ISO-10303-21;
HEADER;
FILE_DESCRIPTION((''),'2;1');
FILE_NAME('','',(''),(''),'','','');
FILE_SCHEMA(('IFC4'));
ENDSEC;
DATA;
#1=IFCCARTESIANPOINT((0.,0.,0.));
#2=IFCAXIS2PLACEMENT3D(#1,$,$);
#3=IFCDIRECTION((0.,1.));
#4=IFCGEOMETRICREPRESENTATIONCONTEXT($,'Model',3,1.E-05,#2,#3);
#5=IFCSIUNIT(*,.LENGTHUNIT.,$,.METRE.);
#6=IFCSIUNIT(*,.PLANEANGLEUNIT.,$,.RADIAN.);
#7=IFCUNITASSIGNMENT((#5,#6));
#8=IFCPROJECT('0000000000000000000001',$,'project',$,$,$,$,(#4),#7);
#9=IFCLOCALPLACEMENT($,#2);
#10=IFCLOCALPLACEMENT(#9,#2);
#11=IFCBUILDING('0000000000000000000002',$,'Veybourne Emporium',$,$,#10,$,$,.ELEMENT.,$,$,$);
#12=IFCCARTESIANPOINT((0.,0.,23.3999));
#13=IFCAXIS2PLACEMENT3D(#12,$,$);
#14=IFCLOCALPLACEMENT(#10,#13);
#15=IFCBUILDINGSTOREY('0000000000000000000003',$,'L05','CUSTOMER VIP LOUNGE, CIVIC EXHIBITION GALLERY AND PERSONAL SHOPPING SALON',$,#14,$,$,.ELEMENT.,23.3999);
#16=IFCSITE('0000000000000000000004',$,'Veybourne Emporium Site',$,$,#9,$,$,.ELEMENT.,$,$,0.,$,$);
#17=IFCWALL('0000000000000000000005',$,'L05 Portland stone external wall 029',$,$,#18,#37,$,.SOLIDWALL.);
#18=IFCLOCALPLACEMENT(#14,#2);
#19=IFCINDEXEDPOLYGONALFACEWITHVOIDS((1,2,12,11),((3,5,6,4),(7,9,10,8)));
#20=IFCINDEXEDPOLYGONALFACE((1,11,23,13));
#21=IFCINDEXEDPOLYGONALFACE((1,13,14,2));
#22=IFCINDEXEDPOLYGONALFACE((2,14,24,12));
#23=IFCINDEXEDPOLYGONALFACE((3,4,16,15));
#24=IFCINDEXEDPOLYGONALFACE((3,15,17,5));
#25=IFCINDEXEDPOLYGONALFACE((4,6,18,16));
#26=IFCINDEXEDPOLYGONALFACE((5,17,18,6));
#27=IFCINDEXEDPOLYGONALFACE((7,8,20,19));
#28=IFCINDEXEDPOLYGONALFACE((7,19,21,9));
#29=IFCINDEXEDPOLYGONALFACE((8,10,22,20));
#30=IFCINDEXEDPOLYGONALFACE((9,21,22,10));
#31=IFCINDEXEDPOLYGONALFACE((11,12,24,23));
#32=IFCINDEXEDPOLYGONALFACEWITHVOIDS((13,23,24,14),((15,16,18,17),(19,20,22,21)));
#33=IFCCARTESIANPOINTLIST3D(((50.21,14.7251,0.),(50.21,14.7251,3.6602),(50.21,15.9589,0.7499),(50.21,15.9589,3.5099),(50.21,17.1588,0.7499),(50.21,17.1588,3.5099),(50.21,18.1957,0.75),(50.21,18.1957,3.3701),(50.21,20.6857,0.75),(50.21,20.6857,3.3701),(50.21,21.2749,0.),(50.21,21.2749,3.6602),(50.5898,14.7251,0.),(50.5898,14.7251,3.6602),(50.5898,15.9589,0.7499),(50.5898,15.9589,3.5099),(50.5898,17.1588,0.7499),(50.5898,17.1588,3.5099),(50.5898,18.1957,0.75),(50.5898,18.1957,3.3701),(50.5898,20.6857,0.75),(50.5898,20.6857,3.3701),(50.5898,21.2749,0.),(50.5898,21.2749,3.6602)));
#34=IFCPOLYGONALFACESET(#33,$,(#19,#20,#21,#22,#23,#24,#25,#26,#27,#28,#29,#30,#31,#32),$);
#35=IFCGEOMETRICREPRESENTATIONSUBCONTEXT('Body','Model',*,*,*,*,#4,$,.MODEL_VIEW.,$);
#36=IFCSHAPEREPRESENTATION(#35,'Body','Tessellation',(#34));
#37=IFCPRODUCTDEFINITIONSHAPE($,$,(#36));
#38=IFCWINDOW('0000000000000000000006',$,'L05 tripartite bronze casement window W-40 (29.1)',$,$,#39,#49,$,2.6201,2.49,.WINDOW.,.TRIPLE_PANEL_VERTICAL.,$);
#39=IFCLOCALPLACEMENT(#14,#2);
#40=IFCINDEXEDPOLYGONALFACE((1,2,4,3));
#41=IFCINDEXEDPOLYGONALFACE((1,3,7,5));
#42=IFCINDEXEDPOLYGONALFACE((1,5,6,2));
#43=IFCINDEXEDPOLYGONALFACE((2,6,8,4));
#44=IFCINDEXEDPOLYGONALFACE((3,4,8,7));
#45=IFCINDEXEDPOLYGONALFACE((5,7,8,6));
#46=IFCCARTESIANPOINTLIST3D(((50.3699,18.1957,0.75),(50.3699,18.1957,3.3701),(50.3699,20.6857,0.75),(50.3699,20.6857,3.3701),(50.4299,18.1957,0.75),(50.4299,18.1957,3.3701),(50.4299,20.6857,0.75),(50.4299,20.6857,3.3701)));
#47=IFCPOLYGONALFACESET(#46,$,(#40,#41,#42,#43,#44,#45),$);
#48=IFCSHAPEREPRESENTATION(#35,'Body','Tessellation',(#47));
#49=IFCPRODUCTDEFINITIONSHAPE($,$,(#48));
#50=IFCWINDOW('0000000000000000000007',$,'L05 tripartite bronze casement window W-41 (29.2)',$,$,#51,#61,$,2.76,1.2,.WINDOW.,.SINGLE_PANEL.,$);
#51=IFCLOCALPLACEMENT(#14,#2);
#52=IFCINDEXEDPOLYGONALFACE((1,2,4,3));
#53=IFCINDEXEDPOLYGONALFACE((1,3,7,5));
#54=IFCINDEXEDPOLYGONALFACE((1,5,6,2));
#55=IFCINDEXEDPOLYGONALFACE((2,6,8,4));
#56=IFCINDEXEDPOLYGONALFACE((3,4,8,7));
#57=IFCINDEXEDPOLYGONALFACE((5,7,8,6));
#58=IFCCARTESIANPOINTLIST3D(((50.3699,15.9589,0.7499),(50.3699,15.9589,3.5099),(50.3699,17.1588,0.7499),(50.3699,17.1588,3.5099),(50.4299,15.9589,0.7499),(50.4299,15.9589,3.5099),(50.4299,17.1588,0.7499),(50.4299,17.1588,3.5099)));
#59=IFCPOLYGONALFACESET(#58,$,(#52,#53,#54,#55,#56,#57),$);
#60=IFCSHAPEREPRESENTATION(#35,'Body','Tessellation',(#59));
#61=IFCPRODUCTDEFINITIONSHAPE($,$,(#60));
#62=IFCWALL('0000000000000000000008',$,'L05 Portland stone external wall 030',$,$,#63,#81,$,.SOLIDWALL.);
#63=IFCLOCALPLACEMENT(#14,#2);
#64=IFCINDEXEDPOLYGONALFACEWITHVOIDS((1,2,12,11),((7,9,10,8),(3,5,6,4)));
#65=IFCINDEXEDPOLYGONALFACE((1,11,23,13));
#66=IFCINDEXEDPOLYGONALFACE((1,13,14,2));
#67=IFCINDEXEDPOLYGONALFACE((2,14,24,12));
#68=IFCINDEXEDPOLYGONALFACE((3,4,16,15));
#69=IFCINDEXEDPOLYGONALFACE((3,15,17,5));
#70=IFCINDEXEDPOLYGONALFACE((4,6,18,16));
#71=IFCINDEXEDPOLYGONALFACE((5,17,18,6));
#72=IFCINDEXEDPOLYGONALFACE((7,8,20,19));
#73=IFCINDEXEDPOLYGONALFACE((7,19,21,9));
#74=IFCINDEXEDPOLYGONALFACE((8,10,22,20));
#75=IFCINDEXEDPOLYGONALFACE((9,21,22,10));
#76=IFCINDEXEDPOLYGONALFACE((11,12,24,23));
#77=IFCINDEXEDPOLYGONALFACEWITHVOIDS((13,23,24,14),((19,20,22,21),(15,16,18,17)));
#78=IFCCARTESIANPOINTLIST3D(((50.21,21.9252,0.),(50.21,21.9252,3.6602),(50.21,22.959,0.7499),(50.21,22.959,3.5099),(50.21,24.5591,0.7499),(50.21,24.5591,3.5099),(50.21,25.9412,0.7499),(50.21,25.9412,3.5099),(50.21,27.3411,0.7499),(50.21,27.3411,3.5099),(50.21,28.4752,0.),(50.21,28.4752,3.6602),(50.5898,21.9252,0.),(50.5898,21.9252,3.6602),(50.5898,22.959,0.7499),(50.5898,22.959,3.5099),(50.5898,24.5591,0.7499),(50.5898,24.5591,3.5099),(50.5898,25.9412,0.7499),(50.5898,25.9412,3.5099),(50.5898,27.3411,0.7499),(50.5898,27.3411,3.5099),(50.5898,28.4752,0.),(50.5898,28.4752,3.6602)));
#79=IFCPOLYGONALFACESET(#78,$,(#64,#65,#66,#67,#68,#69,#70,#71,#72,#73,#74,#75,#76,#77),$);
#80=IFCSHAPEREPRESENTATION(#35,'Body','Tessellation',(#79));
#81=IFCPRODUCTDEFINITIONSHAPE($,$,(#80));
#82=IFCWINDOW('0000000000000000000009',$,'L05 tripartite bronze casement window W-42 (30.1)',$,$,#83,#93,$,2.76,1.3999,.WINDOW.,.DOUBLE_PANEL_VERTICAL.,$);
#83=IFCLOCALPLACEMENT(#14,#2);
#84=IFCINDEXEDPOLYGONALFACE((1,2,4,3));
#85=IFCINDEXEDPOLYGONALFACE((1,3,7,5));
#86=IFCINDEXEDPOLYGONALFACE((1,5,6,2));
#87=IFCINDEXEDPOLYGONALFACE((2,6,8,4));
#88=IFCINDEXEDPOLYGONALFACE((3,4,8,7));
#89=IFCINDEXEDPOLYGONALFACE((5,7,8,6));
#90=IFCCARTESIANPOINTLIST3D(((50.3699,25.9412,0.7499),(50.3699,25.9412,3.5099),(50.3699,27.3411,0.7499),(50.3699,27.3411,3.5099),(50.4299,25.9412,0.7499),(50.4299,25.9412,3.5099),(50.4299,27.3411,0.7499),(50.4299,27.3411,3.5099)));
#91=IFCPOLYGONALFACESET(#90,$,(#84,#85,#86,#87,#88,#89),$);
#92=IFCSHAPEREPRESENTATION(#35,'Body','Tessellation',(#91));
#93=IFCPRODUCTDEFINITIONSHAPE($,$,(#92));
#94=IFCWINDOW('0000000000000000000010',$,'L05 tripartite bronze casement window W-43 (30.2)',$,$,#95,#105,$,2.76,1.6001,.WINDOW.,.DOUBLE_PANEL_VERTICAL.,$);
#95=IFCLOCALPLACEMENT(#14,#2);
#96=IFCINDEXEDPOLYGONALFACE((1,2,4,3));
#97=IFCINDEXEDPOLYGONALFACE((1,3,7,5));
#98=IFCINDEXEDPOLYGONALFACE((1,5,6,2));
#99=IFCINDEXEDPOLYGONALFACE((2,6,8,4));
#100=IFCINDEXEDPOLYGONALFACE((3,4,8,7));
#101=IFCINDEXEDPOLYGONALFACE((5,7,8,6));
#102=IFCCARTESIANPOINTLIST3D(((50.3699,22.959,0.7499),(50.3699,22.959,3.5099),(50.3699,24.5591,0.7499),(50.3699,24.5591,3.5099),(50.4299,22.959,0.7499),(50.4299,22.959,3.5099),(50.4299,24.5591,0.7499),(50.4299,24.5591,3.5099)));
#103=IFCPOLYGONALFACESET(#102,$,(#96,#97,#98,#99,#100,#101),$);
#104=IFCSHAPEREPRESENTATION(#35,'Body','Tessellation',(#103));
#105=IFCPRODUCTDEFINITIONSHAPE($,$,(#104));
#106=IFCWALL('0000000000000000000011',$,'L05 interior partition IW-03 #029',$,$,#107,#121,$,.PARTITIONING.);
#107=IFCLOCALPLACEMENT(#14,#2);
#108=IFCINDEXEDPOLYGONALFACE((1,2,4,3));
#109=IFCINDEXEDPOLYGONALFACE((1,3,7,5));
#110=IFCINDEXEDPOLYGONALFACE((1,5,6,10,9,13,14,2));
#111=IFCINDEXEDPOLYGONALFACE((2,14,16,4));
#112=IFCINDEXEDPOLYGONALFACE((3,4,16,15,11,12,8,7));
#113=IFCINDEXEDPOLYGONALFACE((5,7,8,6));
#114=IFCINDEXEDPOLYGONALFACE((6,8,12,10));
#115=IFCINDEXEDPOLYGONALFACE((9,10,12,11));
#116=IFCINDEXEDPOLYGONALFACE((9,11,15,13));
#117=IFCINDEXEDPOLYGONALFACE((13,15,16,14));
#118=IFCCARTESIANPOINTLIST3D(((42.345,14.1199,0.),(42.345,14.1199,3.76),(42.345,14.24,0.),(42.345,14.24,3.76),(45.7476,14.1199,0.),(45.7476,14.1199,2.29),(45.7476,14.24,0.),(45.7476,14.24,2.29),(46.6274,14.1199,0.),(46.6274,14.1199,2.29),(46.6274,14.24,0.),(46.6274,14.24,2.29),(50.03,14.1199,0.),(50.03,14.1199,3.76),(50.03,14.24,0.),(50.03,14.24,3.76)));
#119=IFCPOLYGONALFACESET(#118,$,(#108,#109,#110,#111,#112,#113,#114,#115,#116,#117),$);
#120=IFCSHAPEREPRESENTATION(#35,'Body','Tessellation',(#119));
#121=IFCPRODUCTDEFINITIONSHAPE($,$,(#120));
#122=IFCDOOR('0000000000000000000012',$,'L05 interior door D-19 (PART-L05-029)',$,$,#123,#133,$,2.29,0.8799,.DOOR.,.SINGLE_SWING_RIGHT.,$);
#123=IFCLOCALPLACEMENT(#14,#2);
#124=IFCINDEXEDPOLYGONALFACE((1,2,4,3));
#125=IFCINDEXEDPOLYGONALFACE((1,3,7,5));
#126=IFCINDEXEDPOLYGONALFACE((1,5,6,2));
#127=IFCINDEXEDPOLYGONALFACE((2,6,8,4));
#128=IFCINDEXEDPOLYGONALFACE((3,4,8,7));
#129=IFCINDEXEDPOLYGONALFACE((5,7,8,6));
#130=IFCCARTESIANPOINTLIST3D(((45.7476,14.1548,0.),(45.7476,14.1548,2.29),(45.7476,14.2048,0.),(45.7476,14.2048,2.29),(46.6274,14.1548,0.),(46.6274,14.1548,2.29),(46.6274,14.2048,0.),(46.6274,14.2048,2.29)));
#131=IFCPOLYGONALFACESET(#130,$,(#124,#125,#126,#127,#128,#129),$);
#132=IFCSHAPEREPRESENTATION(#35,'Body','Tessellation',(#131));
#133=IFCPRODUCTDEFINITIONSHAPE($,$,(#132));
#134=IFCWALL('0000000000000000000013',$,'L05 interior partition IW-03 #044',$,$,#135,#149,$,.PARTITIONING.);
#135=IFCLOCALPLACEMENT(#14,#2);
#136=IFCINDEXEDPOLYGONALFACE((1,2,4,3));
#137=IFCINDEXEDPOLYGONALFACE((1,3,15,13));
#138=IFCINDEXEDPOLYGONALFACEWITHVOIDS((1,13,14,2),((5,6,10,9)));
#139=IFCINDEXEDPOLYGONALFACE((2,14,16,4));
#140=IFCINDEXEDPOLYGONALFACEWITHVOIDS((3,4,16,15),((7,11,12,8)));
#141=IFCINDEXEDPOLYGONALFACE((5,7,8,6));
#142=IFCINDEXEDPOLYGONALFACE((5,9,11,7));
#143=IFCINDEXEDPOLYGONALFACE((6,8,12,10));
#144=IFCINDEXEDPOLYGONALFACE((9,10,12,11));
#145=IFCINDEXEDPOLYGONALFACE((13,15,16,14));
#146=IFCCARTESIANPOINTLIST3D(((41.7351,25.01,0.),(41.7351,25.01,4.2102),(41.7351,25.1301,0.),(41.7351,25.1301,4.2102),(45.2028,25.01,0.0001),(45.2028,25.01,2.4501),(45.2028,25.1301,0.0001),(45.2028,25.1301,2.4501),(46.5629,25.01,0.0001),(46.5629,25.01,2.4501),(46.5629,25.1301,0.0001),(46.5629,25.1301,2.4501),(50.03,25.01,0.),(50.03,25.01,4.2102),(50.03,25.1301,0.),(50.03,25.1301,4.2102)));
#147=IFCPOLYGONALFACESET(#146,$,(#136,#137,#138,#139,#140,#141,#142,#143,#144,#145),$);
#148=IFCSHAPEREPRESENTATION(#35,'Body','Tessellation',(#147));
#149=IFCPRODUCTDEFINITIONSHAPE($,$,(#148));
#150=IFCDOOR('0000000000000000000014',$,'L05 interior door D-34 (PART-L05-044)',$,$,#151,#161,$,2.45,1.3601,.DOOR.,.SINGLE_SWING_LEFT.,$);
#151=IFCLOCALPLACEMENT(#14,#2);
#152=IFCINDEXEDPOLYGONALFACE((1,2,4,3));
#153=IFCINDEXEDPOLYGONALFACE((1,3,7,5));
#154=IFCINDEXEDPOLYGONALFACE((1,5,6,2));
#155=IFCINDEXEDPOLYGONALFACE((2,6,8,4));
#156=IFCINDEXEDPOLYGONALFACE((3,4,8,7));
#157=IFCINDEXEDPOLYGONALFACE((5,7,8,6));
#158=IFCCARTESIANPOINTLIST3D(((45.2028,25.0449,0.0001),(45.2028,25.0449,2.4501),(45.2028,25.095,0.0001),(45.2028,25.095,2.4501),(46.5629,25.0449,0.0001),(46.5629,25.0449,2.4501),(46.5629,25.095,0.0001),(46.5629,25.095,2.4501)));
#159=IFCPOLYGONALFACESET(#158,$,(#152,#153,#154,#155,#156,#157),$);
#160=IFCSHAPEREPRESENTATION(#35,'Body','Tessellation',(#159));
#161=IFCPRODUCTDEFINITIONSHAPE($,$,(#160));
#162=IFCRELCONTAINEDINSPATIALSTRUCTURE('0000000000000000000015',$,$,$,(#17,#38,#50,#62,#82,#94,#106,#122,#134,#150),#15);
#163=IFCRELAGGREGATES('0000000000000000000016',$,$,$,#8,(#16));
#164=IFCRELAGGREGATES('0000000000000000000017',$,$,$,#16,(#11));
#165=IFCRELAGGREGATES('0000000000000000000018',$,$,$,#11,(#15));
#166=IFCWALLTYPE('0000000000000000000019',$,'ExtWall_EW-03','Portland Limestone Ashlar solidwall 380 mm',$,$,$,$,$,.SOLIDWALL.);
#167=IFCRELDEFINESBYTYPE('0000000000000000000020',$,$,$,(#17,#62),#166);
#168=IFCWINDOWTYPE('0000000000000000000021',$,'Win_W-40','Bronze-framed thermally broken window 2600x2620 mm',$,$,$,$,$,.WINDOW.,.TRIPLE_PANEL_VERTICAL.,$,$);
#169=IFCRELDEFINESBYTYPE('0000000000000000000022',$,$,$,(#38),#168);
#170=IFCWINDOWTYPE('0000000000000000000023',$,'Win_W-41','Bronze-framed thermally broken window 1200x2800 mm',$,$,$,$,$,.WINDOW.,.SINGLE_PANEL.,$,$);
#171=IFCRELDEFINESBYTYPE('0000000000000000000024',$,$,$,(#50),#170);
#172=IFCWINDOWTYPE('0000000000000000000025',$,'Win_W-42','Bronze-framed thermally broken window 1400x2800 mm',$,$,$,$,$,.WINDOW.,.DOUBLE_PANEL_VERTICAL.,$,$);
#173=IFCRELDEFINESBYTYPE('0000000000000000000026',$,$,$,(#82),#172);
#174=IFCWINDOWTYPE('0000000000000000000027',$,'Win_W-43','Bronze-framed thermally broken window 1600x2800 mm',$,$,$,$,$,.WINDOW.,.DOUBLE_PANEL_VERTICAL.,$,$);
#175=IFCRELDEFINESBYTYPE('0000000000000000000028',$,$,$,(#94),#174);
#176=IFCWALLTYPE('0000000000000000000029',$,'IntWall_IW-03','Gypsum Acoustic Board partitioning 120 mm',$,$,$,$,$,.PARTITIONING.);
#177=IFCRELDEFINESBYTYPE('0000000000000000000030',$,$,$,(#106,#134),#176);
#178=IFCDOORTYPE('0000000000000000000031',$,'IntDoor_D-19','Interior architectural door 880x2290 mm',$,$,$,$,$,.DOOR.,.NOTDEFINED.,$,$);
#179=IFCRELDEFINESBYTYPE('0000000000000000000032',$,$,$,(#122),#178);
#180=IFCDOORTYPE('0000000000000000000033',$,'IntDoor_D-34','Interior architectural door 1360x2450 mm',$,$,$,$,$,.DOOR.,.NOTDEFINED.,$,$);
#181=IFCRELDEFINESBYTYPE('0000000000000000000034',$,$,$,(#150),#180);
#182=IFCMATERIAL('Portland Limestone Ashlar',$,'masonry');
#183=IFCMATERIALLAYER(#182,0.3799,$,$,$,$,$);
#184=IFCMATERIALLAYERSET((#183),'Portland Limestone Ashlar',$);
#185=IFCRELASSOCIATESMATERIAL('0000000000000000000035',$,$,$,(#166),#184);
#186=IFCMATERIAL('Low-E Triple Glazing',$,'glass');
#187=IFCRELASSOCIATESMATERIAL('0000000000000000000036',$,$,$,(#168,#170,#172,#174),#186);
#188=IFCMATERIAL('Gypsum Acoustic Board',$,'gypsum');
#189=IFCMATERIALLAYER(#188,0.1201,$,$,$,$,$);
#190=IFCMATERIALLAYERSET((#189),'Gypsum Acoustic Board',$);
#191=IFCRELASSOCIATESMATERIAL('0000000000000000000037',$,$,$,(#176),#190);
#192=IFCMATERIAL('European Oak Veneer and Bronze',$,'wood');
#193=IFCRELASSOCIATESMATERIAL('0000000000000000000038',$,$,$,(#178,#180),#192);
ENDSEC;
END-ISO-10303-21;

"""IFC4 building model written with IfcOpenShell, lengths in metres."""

from ifc_helpers import new_model, si_unit, direction, frame, frame_2d, origin, place, context, subcontext, project, spatial, rectangle, extrude, material, layer, layer_set, type_object, element, fill, save


model = new_model("IFC4")

# Units and contexts
model_context = context("Model", 3, precision=1e-05, world=origin(), true_north=direction((0.0, 1.0)))
body_context = subcontext(model_context, "Body", "Model", "MODEL_VIEW")
ifc_project = project(units=[si_unit("LENGTHUNIT", "METRE"), si_unit("PLANEANGLEUNIT", "RADIAN")], contexts=[model_context])

# Site, building, storey
site_placement = place(None, origin())
site = spatial("IfcSite", under=ifc_project, at=site_placement, Name="Veybourne Emporium Site", CompositionType="ELEMENT", RefElevation=0.0)
building_placement = place(site_placement, origin())
building = spatial("IfcBuilding", under=site, at=building_placement, Name="Veybourne Emporium", CompositionType="ELEMENT")
storey_placement = place(building_placement, frame((0.0, 0.0, 23.3999)))
storey = spatial("IfcBuildingStorey", under=building, at=storey_placement, Name="L05", Description="CUSTOMER VIP LOUNGE, CIVIC EXHIBITION GALLERY AND PERSONAL SHOPPING SALON", CompositionType="ELEMENT", Elevation=23.3999)

# Walls, openings, windows
ifc_material_1 = material(Name="Portland Limestone Ashlar", Category="masonry")
ifc_layer_1 = layer(ifc_material_1, 0.3799)
ifc_layer_set_1 = layer_set([ifc_layer_1], Name="Portland Limestone Ashlar")
wall_type_1 = type_object("IfcWallType", Name="ExtWall_EW-03", Description="Portland Limestone Ashlar solidwall 380 mm", PredefinedType="SOLIDWALL", material=ifc_layer_set_1)
wall_1_placement = place(storey_placement, frame((50.3999, 21.2749, 0.0), z_axis=(0.0, 0.0, 1.0), x_axis=(0.0, -1.0, 0.0)))
wall_1 = element("IfcWall", 1, at=wall_1_placement, inside=storey, type_object=wall_type_1, Name="L05 Portland stone external wall 029", PredefinedType="SOLIDWALL", context=body_context, shape_type="SweptSolid", body=[
    extrude(rectangle(XDim=6.5498, YDim=0.3799, at=frame_2d((3.2749, 0.0))), origin(), (0.0, 0.0, 1.0), 3.6602),
])
opening_1_placement = place(wall_1_placement, frame((0.5891, 0.0, 0.75)))
opening_1 = element("IfcOpeningElement", 2, at=opening_1_placement, cuts=wall_1, PredefinedType="OPENING", context=body_context, shape_type="SweptSolid", body=[
    extrude(rectangle(XDim=2.49, YDim=2.6201, at=frame_2d((1.2451, 1.3101))), frame((0.0, 0.21, 0.0), z_axis=(0.0, -1.0, 0.0), x_axis=(1.0, 0.0, 0.0)), (0.0, 0.0, 1.0), 0.4199),
])
opening_2_placement = place(wall_1_placement, frame((4.116, 0.0, 0.75)))
opening_2 = element("IfcOpeningElement", 3, at=opening_2_placement, cuts=wall_1, PredefinedType="OPENING", context=body_context, shape_type="SweptSolid", body=[
    extrude(rectangle(XDim=1.2, YDim=2.76, at=frame_2d((0.6001, 1.3799))), frame((0.0, 0.21, 0.0), z_axis=(0.0, -1.0, 0.0), x_axis=(1.0, 0.0, 0.0)), (0.0, 0.0, 1.0), 0.4199),
])
ifc_material_2 = material(Name="Low-E Triple Glazing", Category="glass")
window_type_1 = type_object("IfcWindowType", Name="Win_W-40", Description="Bronze-framed thermally broken window 2600x2620 mm", PartitioningType="TRIPLE_PANEL_VERTICAL", PredefinedType="WINDOW", material=ifc_material_2)
window_1_placement = place(opening_1_placement, origin())
window_1 = element("IfcWindow", 4, at=window_1_placement, inside=storey, type_object=window_type_1, Name="L05 tripartite bronze casement window W-40 (29.1)", OverallHeight=2.6201, OverallWidth=2.49, PartitioningType="TRIPLE_PANEL_VERTICAL", PredefinedType="WINDOW", context=body_context, shape_type="SweptSolid", body=[
    extrude(rectangle(XDim=2.49, YDim=2.6201, at=frame_2d((1.2451, 1.3101))), frame((0.0, 0.03, 0.0), z_axis=(0.0, -1.0, 0.0), x_axis=(1.0, 0.0, 0.0)), (0.0, 0.0, 1.0), 0.0601),
])
fill(opening_1, window_1)
window_type_2 = type_object("IfcWindowType", Name="Win_W-41", Description="Bronze-framed thermally broken window 1200x2800 mm", PartitioningType="SINGLE_PANEL", PredefinedType="WINDOW", material=ifc_material_2)
window_2_placement = place(opening_2_placement, origin())
window_2 = element("IfcWindow", 5, at=window_2_placement, inside=storey, type_object=window_type_2, Name="L05 tripartite bronze casement window W-41 (29.2)", OverallHeight=2.76, OverallWidth=1.2, PartitioningType="SINGLE_PANEL", PredefinedType="WINDOW", context=body_context, shape_type="SweptSolid", body=[
    extrude(rectangle(XDim=1.2, YDim=2.76, at=frame_2d((0.6001, 1.3799))), frame((0.0, 0.03, 0.0), z_axis=(0.0, -1.0, 0.0), x_axis=(1.0, 0.0, 0.0)), (0.0, 0.0, 1.0), 0.0601),
])
fill(opening_2, window_2)
wall_2_placement = place(storey_placement, frame((50.3999, 28.4751, 0.0), z_axis=(0.0, 0.0, 1.0), x_axis=(0.0, -1.0, 0.0)))
wall_2 = element("IfcWall", 6, at=wall_2_placement, inside=storey, type_object=wall_type_1, Name="L05 Portland stone external wall 030", PredefinedType="SOLIDWALL", context=body_context, shape_type="SweptSolid", body=[
    extrude(rectangle(XDim=6.55, YDim=0.3799, at=frame_2d((3.2749, 0.0))), origin(), (0.0, 0.0, 1.0), 3.6602),
])
opening_3_placement = place(wall_2_placement, frame((1.134, 0.0, 0.75)))
opening_3 = element("IfcOpeningElement", 7, at=opening_3_placement, cuts=wall_2, PredefinedType="OPENING", context=body_context, shape_type="SweptSolid", body=[
    extrude(rectangle(XDim=1.3999, YDim=2.76, at=frame_2d((0.7, 1.3799))), frame((0.0, 0.21, 0.0), z_axis=(0.0, -1.0, 0.0), x_axis=(1.0, 0.0, 0.0)), (0.0, 0.0, 1.0), 0.4199),
])
opening_4_placement = place(wall_2_placement, frame((3.916, 0.0, 0.75)))
opening_4 = element("IfcOpeningElement", 8, at=opening_4_placement, cuts=wall_2, PredefinedType="OPENING", context=body_context, shape_type="SweptSolid", body=[
    extrude(rectangle(XDim=1.6001, YDim=2.76, at=frame_2d((0.8, 1.3799))), frame((0.0, 0.21, 0.0), z_axis=(0.0, -1.0, 0.0), x_axis=(1.0, 0.0, 0.0)), (0.0, 0.0, 1.0), 0.4199),
])
window_type_3 = type_object("IfcWindowType", Name="Win_W-42", Description="Bronze-framed thermally broken window 1400x2800 mm", PartitioningType="DOUBLE_PANEL_VERTICAL", PredefinedType="WINDOW", material=ifc_material_2)
window_3_placement = place(opening_3_placement, origin())
window_3 = element("IfcWindow", 9, at=window_3_placement, inside=storey, type_object=window_type_3, Name="L05 tripartite bronze casement window W-42 (30.1)", OverallHeight=2.76, OverallWidth=1.3999, PartitioningType="DOUBLE_PANEL_VERTICAL", PredefinedType="WINDOW", context=body_context, shape_type="SweptSolid", body=[
    extrude(rectangle(XDim=1.3999, YDim=2.76, at=frame_2d((0.7, 1.3799))), frame((0.0, 0.03, 0.0), z_axis=(0.0, -1.0, 0.0), x_axis=(1.0, 0.0, 0.0)), (0.0, 0.0, 1.0), 0.0601),
])
fill(opening_3, window_3)
window_type_4 = type_object("IfcWindowType", Name="Win_W-43", Description="Bronze-framed thermally broken window 1600x2800 mm", PartitioningType="DOUBLE_PANEL_VERTICAL", PredefinedType="WINDOW", material=ifc_material_2)
window_4_placement = place(opening_4_placement, origin())
window_4 = element("IfcWindow", 10, at=window_4_placement, inside=storey, type_object=window_type_4, Name="L05 tripartite bronze casement window W-43 (30.2)", OverallHeight=2.76, OverallWidth=1.6001, PartitioningType="DOUBLE_PANEL_VERTICAL", PredefinedType="WINDOW", context=body_context, shape_type="SweptSolid", body=[
    extrude(rectangle(XDim=1.6001, YDim=2.76, at=frame_2d((0.8, 1.3799))), frame((0.0, 0.03, 0.0), z_axis=(0.0, -1.0, 0.0), x_axis=(1.0, 0.0, 0.0)), (0.0, 0.0, 1.0), 0.0601),
])
fill(opening_4, window_4)

# Walls, openings, doors
ifc_material_3 = material(Name="Gypsum Acoustic Board", Category="gypsum")
ifc_layer_2 = layer(ifc_material_3, 0.1201)
ifc_layer_set_2 = layer_set([ifc_layer_2], Name="Gypsum Acoustic Board")
wall_type_2 = type_object("IfcWallType", Name="IntWall_IW-03", Description="Gypsum Acoustic Board partitioning 120 mm", PredefinedType="PARTITIONING", material=ifc_layer_set_2)
wall_3_placement = place(storey_placement, frame((42.345, 14.1799, 0.0), z_axis=(0.0, 0.0, 1.0), x_axis=(1.0, 0.0, 0.0)))
wall_3 = element("IfcWall", 11, at=wall_3_placement, inside=storey, type_object=wall_type_2, Name="L05 interior partition IW-03 #029", PredefinedType="PARTITIONING", context=body_context, shape_type="SweptSolid", body=[
    extrude(rectangle(XDim=7.6851, YDim=0.1201, at=frame_2d((3.8425, 0.0))), origin(), (0.0, 0.0, 1.0), 3.76),
])
opening_5_placement = place(wall_3_placement, frame((3.4026, 0.0, 0.0)))
opening_5 = element("IfcOpeningElement", 12, at=opening_5_placement, cuts=wall_3, PredefinedType="OPENING", context=body_context, shape_type="SweptSolid", body=[
    extrude(rectangle(XDim=0.8799, YDim=2.29, at=frame_2d((0.4399, 1.145))), frame((0.0, 0.0801, 0.0), z_axis=(0.0, -1.0, 0.0), x_axis=(1.0, 0.0, 0.0)), (0.0, 0.0, 1.0), 0.1602),
])
ifc_material_4 = material(Name="European Oak Veneer and Bronze", Category="wood")
door_type_1 = type_object("IfcDoorType", Name="IntDoor_D-19", Description="Interior architectural door 880x2290 mm", OperationType="NOTDEFINED", PredefinedType="DOOR", material=ifc_material_4)
door_1_placement = place(opening_5_placement, origin())
door_1 = element("IfcDoor", 13, at=door_1_placement, inside=storey, type_object=door_type_1, Name="L05 interior door D-19 (PART-L05-029)", OperationType="SINGLE_SWING_RIGHT", OverallHeight=2.29, OverallWidth=0.8799, PredefinedType="DOOR", context=body_context, shape_type="SweptSolid", body=[
    extrude(rectangle(XDim=0.8799, YDim=2.29, at=frame_2d((0.4399, 1.145))), frame((0.0, 0.0249, 0.0), z_axis=(0.0, -1.0, 0.0), x_axis=(1.0, 0.0, 0.0)), (0.0, 0.0, 1.0), 0.05),
])
fill(opening_5, door_1)
wall_4_placement = place(storey_placement, frame((41.7351, 25.0701, 0.0), z_axis=(0.0, 0.0, 1.0), x_axis=(1.0, 0.0, 0.0)))
wall_4 = element("IfcWall", 14, at=wall_4_placement, inside=storey, type_object=wall_type_2, Name="L05 interior partition IW-03 #044", PredefinedType="PARTITIONING", context=body_context, shape_type="SweptSolid", body=[
    extrude(rectangle(XDim=8.2949, YDim=0.1201, at=frame_2d((4.1475, 0.0))), origin(), (0.0, 0.0, 1.0), 4.2102),
])
opening_6_placement = place(wall_4_placement, frame((3.4675, 0.0, 0.0)))
opening_6 = element("IfcOpeningElement", 15, at=opening_6_placement, cuts=wall_4, PredefinedType="OPENING", context=body_context, shape_type="SweptSolid", body=[
    extrude(rectangle(XDim=1.3601, YDim=2.45, at=frame_2d((0.6802, 1.2251))), frame((0.0, 0.0801, 0.0), z_axis=(0.0, -1.0, 0.0), x_axis=(1.0, 0.0, 0.0)), (0.0, 0.0, 1.0), 0.1602),
])
door_type_2 = type_object("IfcDoorType", Name="IntDoor_D-34", Description="Interior architectural door 1360x2450 mm", OperationType="NOTDEFINED", PredefinedType="DOOR", material=ifc_material_4)
door_2_placement = place(opening_6_placement, origin())
door_2 = element("IfcDoor", 16, at=door_2_placement, inside=storey, type_object=door_type_2, Name="L05 interior door D-34 (PART-L05-044)", OperationType="SINGLE_SWING_LEFT", OverallHeight=2.45, OverallWidth=1.3601, PredefinedType="DOOR", context=body_context, shape_type="SweptSolid", body=[
    extrude(rectangle(XDim=1.3601, YDim=2.45, at=frame_2d((0.6802, 1.2251))), frame((0.0, 0.0249, 0.0), z_axis=(0.0, -1.0, 0.0), x_axis=(1.0, 0.0, 0.0)), (0.0, 0.0, 1.0), 0.05),
])
fill(opening_6, door_2)

save(model, "model.ifc")
